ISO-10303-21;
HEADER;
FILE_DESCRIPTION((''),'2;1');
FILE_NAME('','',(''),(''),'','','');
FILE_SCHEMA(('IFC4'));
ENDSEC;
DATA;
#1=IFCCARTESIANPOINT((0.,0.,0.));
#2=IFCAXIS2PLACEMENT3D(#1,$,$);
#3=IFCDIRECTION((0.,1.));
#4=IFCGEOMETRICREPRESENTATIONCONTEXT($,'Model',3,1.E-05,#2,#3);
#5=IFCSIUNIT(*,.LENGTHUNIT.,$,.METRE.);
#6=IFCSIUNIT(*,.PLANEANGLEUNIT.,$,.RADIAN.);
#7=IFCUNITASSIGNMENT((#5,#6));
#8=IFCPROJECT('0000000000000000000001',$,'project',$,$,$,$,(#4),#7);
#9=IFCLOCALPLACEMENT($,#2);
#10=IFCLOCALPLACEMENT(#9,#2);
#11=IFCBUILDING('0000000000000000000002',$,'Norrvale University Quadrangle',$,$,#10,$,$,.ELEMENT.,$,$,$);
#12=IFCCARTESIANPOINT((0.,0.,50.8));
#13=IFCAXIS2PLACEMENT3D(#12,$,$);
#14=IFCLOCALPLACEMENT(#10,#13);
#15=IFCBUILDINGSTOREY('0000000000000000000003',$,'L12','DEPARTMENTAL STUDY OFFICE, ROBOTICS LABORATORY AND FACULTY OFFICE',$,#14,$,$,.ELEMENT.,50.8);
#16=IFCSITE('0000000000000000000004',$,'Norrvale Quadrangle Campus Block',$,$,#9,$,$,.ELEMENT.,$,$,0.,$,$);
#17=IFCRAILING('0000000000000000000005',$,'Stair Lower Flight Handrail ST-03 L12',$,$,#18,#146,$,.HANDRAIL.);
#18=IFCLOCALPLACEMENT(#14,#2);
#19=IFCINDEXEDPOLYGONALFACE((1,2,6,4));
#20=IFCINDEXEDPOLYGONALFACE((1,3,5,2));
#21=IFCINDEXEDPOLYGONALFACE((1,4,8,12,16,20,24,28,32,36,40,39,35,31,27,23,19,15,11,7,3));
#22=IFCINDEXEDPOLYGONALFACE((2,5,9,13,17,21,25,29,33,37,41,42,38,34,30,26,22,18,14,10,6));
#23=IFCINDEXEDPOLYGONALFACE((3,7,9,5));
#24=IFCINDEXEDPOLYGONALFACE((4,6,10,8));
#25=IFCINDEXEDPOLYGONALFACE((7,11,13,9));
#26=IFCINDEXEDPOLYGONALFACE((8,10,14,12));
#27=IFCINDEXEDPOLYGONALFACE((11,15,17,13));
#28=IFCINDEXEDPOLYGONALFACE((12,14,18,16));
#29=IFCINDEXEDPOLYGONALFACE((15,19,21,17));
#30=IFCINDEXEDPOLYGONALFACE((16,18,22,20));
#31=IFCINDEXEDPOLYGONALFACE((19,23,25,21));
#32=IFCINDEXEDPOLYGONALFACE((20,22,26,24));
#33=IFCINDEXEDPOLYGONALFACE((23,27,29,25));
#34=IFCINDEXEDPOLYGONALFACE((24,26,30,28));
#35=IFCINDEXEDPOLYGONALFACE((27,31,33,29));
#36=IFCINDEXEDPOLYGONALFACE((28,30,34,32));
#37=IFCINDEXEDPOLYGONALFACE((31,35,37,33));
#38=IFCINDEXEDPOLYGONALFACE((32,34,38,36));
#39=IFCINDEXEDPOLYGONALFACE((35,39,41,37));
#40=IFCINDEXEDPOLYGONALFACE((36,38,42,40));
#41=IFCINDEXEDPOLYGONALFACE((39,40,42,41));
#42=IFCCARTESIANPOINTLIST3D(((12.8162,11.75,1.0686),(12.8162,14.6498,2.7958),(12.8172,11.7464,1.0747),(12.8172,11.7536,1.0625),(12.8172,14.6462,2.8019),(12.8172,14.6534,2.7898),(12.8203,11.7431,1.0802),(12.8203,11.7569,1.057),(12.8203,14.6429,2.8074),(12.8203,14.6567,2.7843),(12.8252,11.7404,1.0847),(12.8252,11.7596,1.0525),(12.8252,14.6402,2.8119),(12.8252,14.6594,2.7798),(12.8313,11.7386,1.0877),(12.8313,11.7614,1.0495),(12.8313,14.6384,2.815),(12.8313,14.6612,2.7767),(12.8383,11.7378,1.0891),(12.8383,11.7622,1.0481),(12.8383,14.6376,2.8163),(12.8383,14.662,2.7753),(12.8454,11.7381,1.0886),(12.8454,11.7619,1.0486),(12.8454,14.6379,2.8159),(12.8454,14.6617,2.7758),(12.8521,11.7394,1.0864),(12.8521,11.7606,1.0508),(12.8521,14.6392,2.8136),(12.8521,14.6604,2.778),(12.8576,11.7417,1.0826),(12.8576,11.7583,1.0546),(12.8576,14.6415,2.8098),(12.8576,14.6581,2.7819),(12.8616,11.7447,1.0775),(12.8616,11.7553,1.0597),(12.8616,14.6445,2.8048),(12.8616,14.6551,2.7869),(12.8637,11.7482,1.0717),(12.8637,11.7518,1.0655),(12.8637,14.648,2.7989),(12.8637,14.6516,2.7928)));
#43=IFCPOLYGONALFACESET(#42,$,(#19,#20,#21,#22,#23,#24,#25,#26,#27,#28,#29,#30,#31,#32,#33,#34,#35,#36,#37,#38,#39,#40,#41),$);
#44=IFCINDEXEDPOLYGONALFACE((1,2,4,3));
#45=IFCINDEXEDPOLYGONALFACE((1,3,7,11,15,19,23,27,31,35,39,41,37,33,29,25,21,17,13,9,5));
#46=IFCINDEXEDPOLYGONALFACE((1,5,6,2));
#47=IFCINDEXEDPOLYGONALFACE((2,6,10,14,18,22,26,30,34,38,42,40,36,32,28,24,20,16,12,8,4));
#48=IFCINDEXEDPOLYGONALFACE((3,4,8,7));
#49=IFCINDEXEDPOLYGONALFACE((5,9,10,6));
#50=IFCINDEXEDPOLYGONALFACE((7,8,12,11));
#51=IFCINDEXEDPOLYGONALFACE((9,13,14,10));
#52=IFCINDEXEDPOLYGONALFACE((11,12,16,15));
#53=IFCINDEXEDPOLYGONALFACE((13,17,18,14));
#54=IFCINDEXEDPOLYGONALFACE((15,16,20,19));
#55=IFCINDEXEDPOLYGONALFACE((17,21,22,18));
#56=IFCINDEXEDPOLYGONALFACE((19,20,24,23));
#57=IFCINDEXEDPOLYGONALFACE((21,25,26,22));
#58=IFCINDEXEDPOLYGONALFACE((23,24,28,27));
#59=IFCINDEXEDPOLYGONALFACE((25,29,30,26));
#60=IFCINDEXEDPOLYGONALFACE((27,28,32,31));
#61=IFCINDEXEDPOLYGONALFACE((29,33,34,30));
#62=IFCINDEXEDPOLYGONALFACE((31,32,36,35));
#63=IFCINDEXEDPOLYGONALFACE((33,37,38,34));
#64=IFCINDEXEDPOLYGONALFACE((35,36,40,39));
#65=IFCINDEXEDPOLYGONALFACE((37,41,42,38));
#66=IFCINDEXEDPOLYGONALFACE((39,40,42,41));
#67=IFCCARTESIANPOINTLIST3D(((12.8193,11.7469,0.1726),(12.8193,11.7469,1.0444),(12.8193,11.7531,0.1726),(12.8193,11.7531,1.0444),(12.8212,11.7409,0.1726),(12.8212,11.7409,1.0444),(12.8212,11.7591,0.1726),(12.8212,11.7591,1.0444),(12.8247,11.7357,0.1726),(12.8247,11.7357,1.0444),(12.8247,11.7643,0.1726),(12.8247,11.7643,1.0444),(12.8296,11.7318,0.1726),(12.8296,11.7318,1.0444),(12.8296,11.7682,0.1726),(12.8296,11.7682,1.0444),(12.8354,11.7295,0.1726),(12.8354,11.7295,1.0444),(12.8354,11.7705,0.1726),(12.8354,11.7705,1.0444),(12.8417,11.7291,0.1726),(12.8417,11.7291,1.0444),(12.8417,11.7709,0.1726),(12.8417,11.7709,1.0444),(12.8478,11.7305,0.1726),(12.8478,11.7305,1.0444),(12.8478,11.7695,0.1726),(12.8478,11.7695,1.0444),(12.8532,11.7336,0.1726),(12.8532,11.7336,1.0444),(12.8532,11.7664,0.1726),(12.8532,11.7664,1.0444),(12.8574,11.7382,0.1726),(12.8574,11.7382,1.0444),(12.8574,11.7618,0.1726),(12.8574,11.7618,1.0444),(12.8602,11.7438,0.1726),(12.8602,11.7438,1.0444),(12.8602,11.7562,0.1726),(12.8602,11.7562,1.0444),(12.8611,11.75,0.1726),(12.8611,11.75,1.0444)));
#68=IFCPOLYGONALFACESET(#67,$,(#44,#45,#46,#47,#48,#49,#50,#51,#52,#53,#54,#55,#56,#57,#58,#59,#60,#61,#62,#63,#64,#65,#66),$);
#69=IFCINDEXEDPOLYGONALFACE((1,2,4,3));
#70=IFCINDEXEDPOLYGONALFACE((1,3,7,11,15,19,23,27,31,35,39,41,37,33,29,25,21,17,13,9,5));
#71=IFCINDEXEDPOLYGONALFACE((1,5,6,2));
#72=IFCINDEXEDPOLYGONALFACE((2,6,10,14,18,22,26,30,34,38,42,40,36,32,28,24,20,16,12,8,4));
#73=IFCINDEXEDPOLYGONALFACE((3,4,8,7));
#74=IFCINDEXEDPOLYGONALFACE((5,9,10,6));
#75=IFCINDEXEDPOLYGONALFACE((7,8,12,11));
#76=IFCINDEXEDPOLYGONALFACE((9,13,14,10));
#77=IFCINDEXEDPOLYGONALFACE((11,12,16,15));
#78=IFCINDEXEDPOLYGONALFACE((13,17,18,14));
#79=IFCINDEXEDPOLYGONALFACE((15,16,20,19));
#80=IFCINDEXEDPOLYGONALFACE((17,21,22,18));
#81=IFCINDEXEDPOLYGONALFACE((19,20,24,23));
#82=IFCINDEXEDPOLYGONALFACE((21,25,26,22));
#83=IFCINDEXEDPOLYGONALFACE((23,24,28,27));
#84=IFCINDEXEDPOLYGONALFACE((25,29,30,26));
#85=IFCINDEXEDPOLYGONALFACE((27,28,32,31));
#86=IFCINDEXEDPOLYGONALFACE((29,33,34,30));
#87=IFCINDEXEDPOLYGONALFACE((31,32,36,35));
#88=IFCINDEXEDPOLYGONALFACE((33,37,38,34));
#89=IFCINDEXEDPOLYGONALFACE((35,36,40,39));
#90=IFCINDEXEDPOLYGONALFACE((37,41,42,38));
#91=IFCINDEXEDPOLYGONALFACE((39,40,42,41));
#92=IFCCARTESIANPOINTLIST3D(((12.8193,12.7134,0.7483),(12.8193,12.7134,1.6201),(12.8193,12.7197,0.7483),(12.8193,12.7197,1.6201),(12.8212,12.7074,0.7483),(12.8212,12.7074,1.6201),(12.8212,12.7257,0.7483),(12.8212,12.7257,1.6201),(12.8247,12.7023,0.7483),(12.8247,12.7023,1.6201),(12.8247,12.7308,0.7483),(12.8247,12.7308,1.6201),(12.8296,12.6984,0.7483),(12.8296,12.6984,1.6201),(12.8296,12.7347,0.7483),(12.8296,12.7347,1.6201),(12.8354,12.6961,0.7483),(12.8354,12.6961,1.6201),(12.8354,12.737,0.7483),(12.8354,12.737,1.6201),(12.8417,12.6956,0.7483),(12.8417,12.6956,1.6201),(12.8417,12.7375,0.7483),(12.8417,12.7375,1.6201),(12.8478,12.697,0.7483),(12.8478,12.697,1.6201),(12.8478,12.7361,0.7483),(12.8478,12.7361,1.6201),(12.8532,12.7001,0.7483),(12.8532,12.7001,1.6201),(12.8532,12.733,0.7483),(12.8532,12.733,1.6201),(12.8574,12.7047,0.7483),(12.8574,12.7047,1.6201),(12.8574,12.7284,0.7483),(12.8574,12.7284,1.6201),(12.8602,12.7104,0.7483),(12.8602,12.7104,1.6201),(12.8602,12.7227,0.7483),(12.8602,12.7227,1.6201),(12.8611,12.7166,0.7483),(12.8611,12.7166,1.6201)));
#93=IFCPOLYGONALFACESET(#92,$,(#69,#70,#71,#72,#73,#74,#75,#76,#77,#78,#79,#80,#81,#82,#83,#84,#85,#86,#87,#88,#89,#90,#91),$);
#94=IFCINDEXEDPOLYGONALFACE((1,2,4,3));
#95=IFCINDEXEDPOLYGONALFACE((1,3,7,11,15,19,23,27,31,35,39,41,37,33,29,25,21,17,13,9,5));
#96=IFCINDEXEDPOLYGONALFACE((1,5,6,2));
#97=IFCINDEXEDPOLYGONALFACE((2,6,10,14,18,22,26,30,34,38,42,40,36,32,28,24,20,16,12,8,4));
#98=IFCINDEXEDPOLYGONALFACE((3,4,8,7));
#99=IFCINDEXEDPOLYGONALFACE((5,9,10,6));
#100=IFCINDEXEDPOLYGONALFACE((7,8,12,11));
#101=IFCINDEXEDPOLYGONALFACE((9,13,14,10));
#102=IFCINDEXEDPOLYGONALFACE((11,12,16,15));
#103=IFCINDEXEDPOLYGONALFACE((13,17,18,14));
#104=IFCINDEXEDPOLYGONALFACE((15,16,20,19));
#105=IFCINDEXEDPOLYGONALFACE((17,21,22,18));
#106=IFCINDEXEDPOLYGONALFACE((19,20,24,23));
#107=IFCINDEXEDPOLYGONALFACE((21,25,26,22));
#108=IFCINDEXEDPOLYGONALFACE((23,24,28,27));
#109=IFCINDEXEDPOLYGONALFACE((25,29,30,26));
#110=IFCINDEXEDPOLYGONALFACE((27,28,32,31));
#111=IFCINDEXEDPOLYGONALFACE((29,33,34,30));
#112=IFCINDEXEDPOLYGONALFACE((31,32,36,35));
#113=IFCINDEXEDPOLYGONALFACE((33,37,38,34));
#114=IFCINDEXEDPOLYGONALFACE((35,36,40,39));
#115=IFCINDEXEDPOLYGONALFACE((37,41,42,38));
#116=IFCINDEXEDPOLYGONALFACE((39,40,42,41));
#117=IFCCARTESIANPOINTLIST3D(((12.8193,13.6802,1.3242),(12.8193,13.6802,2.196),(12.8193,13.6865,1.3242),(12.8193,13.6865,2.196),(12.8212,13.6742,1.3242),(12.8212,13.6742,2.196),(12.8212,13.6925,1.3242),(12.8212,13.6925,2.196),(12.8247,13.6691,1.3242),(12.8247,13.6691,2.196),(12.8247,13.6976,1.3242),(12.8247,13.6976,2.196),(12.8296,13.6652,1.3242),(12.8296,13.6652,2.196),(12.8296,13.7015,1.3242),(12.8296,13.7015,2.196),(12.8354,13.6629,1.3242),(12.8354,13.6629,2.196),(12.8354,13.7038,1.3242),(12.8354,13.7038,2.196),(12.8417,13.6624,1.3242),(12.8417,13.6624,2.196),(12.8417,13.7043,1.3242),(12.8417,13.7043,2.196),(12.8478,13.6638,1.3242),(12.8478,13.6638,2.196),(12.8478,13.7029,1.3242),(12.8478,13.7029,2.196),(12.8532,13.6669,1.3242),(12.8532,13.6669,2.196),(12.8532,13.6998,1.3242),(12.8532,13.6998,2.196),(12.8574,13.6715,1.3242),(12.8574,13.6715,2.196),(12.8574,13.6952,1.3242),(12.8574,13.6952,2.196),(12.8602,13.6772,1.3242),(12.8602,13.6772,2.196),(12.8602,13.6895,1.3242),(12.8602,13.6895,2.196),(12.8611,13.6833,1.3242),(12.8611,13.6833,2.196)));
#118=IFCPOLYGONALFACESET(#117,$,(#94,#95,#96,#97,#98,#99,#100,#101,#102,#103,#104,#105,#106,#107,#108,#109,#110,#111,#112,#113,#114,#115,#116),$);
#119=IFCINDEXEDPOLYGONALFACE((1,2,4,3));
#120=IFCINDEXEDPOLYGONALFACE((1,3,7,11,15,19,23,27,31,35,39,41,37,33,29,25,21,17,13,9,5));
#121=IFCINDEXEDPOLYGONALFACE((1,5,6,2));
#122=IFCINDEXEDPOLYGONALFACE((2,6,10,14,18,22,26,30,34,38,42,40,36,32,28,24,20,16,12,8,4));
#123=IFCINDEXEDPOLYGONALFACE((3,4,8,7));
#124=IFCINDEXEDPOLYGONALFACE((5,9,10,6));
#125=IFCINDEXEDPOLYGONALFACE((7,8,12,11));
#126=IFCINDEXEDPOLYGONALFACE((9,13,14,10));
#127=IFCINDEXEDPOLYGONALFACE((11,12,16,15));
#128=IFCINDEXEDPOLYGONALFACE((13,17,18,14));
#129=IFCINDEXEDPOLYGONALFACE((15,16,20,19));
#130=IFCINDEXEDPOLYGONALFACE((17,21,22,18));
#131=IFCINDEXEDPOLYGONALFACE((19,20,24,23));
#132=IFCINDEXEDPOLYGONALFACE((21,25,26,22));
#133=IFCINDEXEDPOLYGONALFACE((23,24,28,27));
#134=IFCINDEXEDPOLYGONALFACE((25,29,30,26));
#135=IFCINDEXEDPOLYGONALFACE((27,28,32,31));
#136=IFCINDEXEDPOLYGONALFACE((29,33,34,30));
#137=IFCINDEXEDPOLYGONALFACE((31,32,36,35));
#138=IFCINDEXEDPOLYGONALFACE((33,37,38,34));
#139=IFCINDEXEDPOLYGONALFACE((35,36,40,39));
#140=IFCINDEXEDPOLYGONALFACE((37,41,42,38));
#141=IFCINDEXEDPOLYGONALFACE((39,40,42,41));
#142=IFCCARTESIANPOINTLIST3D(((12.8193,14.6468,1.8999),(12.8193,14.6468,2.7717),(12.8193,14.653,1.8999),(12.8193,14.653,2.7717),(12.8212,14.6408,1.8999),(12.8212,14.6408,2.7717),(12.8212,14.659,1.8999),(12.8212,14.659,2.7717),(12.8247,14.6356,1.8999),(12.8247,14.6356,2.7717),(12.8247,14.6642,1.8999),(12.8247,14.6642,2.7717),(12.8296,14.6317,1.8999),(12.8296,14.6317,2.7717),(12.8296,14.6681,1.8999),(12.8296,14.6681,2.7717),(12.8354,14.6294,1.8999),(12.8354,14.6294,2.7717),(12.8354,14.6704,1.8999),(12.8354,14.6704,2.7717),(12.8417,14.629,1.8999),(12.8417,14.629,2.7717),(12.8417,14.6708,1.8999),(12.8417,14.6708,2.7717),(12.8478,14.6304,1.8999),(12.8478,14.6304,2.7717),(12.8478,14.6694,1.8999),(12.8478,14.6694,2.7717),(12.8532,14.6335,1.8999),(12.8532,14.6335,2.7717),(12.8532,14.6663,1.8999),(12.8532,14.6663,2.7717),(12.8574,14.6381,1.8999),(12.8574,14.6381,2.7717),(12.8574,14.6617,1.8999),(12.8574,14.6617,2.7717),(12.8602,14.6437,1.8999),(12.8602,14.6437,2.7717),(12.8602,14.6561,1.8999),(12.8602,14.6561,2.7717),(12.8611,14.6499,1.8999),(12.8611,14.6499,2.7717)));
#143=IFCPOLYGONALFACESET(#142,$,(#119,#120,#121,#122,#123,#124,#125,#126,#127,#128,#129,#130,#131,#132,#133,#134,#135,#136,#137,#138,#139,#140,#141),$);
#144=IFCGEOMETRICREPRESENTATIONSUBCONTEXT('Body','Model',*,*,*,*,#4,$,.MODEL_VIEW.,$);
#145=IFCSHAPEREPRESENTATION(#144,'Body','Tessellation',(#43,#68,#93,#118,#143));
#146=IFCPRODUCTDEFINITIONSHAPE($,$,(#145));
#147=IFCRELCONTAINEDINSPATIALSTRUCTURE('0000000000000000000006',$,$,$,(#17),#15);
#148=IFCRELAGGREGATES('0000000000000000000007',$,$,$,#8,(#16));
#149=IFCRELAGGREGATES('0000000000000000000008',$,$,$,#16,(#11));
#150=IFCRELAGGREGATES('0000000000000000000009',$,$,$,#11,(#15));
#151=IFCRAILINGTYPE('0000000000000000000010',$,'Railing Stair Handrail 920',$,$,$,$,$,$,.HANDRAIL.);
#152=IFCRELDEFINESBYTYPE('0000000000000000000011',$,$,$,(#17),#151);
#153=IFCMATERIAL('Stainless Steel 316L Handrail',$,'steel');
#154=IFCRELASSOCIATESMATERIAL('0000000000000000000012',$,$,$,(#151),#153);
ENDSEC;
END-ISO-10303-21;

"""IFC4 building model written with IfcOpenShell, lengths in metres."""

from ifc_helpers import new_model, si_unit, direction, frame, origin, origin_2d, place, context, subcontext, project, spatial, circle, extrude, material, type_object, element, save


model = new_model("IFC4")

# Units and contexts
model_context = context("Model", 3, precision=1e-05, world=origin(), true_north=direction((0.0, 1.0)))
body_context = subcontext(model_context, "Body", "Model", "MODEL_VIEW")
ifc_project = project(units=[si_unit("LENGTHUNIT", "METRE"), si_unit("PLANEANGLEUNIT", "RADIAN")], contexts=[model_context])

# Site, building, storey
site_placement = place(None, origin())
site = spatial("IfcSite", under=ifc_project, at=site_placement, Name="Norrvale Quadrangle Campus Block", CompositionType="ELEMENT", RefElevation=0.0)
building_placement = place(site_placement, origin())
building = spatial("IfcBuilding", under=site, at=building_placement, Name="Norrvale University Quadrangle", CompositionType="ELEMENT")
storey_placement = place(building_placement, frame((0.0, 0.0, 50.8)))
storey = spatial("IfcBuildingStorey", under=building, at=storey_placement, Name="L12", Description="DEPARTMENTAL STUDY OFFICE, ROBOTICS LABORATORY AND FACULTY OFFICE", CompositionType="ELEMENT", Elevation=50.8)

# Railing
ifc_material_1 = material(Name="Stainless Steel 316L Handrail", Category="steel")
railing_type_1 = type_object("IfcRailingType", Name="Railing Stair Handrail 920", PredefinedType="HANDRAIL", material=ifc_material_1)
railing_1_placement = place(storey_placement, frame((12.8401, 11.75, 0.1726)))
element("IfcRailing", 1, at=railing_1_placement, inside=storey, type_object=railing_type_1, Name="Stair Lower Flight Handrail ST-03 L12", PredefinedType="HANDRAIL", context=body_context, shape_type="SweptSolid", body=[
    extrude(circle(Radius=0.0239, at=origin_2d()), frame((0.0, 0.0, 0.896), z_axis=(0.0, 0.859141, 0.511738), x_axis=(-1.0, 0.0, 0.0)), (0.0, 0.0, 1.0), 3.3752),
    extrude(circle(Radius=0.021, at=origin_2d()), origin(), (0.0, 0.0, 1.0), 0.8718),
    extrude(circle(Radius=0.021, at=origin_2d()), frame((0.0, 0.9666, 0.5757)), (0.0, 0.0, 1.0), 0.8718),
    extrude(circle(Radius=0.021, at=origin_2d()), frame((0.0, 1.9333, 1.1516)), (0.0, 0.0, 1.0), 0.8718),
    extrude(circle(Radius=0.021, at=origin_2d()), frame((0.0, 2.8999, 1.7273)), (0.0, 0.0, 1.0), 0.8718),
])

save(model, "model.ifc")
